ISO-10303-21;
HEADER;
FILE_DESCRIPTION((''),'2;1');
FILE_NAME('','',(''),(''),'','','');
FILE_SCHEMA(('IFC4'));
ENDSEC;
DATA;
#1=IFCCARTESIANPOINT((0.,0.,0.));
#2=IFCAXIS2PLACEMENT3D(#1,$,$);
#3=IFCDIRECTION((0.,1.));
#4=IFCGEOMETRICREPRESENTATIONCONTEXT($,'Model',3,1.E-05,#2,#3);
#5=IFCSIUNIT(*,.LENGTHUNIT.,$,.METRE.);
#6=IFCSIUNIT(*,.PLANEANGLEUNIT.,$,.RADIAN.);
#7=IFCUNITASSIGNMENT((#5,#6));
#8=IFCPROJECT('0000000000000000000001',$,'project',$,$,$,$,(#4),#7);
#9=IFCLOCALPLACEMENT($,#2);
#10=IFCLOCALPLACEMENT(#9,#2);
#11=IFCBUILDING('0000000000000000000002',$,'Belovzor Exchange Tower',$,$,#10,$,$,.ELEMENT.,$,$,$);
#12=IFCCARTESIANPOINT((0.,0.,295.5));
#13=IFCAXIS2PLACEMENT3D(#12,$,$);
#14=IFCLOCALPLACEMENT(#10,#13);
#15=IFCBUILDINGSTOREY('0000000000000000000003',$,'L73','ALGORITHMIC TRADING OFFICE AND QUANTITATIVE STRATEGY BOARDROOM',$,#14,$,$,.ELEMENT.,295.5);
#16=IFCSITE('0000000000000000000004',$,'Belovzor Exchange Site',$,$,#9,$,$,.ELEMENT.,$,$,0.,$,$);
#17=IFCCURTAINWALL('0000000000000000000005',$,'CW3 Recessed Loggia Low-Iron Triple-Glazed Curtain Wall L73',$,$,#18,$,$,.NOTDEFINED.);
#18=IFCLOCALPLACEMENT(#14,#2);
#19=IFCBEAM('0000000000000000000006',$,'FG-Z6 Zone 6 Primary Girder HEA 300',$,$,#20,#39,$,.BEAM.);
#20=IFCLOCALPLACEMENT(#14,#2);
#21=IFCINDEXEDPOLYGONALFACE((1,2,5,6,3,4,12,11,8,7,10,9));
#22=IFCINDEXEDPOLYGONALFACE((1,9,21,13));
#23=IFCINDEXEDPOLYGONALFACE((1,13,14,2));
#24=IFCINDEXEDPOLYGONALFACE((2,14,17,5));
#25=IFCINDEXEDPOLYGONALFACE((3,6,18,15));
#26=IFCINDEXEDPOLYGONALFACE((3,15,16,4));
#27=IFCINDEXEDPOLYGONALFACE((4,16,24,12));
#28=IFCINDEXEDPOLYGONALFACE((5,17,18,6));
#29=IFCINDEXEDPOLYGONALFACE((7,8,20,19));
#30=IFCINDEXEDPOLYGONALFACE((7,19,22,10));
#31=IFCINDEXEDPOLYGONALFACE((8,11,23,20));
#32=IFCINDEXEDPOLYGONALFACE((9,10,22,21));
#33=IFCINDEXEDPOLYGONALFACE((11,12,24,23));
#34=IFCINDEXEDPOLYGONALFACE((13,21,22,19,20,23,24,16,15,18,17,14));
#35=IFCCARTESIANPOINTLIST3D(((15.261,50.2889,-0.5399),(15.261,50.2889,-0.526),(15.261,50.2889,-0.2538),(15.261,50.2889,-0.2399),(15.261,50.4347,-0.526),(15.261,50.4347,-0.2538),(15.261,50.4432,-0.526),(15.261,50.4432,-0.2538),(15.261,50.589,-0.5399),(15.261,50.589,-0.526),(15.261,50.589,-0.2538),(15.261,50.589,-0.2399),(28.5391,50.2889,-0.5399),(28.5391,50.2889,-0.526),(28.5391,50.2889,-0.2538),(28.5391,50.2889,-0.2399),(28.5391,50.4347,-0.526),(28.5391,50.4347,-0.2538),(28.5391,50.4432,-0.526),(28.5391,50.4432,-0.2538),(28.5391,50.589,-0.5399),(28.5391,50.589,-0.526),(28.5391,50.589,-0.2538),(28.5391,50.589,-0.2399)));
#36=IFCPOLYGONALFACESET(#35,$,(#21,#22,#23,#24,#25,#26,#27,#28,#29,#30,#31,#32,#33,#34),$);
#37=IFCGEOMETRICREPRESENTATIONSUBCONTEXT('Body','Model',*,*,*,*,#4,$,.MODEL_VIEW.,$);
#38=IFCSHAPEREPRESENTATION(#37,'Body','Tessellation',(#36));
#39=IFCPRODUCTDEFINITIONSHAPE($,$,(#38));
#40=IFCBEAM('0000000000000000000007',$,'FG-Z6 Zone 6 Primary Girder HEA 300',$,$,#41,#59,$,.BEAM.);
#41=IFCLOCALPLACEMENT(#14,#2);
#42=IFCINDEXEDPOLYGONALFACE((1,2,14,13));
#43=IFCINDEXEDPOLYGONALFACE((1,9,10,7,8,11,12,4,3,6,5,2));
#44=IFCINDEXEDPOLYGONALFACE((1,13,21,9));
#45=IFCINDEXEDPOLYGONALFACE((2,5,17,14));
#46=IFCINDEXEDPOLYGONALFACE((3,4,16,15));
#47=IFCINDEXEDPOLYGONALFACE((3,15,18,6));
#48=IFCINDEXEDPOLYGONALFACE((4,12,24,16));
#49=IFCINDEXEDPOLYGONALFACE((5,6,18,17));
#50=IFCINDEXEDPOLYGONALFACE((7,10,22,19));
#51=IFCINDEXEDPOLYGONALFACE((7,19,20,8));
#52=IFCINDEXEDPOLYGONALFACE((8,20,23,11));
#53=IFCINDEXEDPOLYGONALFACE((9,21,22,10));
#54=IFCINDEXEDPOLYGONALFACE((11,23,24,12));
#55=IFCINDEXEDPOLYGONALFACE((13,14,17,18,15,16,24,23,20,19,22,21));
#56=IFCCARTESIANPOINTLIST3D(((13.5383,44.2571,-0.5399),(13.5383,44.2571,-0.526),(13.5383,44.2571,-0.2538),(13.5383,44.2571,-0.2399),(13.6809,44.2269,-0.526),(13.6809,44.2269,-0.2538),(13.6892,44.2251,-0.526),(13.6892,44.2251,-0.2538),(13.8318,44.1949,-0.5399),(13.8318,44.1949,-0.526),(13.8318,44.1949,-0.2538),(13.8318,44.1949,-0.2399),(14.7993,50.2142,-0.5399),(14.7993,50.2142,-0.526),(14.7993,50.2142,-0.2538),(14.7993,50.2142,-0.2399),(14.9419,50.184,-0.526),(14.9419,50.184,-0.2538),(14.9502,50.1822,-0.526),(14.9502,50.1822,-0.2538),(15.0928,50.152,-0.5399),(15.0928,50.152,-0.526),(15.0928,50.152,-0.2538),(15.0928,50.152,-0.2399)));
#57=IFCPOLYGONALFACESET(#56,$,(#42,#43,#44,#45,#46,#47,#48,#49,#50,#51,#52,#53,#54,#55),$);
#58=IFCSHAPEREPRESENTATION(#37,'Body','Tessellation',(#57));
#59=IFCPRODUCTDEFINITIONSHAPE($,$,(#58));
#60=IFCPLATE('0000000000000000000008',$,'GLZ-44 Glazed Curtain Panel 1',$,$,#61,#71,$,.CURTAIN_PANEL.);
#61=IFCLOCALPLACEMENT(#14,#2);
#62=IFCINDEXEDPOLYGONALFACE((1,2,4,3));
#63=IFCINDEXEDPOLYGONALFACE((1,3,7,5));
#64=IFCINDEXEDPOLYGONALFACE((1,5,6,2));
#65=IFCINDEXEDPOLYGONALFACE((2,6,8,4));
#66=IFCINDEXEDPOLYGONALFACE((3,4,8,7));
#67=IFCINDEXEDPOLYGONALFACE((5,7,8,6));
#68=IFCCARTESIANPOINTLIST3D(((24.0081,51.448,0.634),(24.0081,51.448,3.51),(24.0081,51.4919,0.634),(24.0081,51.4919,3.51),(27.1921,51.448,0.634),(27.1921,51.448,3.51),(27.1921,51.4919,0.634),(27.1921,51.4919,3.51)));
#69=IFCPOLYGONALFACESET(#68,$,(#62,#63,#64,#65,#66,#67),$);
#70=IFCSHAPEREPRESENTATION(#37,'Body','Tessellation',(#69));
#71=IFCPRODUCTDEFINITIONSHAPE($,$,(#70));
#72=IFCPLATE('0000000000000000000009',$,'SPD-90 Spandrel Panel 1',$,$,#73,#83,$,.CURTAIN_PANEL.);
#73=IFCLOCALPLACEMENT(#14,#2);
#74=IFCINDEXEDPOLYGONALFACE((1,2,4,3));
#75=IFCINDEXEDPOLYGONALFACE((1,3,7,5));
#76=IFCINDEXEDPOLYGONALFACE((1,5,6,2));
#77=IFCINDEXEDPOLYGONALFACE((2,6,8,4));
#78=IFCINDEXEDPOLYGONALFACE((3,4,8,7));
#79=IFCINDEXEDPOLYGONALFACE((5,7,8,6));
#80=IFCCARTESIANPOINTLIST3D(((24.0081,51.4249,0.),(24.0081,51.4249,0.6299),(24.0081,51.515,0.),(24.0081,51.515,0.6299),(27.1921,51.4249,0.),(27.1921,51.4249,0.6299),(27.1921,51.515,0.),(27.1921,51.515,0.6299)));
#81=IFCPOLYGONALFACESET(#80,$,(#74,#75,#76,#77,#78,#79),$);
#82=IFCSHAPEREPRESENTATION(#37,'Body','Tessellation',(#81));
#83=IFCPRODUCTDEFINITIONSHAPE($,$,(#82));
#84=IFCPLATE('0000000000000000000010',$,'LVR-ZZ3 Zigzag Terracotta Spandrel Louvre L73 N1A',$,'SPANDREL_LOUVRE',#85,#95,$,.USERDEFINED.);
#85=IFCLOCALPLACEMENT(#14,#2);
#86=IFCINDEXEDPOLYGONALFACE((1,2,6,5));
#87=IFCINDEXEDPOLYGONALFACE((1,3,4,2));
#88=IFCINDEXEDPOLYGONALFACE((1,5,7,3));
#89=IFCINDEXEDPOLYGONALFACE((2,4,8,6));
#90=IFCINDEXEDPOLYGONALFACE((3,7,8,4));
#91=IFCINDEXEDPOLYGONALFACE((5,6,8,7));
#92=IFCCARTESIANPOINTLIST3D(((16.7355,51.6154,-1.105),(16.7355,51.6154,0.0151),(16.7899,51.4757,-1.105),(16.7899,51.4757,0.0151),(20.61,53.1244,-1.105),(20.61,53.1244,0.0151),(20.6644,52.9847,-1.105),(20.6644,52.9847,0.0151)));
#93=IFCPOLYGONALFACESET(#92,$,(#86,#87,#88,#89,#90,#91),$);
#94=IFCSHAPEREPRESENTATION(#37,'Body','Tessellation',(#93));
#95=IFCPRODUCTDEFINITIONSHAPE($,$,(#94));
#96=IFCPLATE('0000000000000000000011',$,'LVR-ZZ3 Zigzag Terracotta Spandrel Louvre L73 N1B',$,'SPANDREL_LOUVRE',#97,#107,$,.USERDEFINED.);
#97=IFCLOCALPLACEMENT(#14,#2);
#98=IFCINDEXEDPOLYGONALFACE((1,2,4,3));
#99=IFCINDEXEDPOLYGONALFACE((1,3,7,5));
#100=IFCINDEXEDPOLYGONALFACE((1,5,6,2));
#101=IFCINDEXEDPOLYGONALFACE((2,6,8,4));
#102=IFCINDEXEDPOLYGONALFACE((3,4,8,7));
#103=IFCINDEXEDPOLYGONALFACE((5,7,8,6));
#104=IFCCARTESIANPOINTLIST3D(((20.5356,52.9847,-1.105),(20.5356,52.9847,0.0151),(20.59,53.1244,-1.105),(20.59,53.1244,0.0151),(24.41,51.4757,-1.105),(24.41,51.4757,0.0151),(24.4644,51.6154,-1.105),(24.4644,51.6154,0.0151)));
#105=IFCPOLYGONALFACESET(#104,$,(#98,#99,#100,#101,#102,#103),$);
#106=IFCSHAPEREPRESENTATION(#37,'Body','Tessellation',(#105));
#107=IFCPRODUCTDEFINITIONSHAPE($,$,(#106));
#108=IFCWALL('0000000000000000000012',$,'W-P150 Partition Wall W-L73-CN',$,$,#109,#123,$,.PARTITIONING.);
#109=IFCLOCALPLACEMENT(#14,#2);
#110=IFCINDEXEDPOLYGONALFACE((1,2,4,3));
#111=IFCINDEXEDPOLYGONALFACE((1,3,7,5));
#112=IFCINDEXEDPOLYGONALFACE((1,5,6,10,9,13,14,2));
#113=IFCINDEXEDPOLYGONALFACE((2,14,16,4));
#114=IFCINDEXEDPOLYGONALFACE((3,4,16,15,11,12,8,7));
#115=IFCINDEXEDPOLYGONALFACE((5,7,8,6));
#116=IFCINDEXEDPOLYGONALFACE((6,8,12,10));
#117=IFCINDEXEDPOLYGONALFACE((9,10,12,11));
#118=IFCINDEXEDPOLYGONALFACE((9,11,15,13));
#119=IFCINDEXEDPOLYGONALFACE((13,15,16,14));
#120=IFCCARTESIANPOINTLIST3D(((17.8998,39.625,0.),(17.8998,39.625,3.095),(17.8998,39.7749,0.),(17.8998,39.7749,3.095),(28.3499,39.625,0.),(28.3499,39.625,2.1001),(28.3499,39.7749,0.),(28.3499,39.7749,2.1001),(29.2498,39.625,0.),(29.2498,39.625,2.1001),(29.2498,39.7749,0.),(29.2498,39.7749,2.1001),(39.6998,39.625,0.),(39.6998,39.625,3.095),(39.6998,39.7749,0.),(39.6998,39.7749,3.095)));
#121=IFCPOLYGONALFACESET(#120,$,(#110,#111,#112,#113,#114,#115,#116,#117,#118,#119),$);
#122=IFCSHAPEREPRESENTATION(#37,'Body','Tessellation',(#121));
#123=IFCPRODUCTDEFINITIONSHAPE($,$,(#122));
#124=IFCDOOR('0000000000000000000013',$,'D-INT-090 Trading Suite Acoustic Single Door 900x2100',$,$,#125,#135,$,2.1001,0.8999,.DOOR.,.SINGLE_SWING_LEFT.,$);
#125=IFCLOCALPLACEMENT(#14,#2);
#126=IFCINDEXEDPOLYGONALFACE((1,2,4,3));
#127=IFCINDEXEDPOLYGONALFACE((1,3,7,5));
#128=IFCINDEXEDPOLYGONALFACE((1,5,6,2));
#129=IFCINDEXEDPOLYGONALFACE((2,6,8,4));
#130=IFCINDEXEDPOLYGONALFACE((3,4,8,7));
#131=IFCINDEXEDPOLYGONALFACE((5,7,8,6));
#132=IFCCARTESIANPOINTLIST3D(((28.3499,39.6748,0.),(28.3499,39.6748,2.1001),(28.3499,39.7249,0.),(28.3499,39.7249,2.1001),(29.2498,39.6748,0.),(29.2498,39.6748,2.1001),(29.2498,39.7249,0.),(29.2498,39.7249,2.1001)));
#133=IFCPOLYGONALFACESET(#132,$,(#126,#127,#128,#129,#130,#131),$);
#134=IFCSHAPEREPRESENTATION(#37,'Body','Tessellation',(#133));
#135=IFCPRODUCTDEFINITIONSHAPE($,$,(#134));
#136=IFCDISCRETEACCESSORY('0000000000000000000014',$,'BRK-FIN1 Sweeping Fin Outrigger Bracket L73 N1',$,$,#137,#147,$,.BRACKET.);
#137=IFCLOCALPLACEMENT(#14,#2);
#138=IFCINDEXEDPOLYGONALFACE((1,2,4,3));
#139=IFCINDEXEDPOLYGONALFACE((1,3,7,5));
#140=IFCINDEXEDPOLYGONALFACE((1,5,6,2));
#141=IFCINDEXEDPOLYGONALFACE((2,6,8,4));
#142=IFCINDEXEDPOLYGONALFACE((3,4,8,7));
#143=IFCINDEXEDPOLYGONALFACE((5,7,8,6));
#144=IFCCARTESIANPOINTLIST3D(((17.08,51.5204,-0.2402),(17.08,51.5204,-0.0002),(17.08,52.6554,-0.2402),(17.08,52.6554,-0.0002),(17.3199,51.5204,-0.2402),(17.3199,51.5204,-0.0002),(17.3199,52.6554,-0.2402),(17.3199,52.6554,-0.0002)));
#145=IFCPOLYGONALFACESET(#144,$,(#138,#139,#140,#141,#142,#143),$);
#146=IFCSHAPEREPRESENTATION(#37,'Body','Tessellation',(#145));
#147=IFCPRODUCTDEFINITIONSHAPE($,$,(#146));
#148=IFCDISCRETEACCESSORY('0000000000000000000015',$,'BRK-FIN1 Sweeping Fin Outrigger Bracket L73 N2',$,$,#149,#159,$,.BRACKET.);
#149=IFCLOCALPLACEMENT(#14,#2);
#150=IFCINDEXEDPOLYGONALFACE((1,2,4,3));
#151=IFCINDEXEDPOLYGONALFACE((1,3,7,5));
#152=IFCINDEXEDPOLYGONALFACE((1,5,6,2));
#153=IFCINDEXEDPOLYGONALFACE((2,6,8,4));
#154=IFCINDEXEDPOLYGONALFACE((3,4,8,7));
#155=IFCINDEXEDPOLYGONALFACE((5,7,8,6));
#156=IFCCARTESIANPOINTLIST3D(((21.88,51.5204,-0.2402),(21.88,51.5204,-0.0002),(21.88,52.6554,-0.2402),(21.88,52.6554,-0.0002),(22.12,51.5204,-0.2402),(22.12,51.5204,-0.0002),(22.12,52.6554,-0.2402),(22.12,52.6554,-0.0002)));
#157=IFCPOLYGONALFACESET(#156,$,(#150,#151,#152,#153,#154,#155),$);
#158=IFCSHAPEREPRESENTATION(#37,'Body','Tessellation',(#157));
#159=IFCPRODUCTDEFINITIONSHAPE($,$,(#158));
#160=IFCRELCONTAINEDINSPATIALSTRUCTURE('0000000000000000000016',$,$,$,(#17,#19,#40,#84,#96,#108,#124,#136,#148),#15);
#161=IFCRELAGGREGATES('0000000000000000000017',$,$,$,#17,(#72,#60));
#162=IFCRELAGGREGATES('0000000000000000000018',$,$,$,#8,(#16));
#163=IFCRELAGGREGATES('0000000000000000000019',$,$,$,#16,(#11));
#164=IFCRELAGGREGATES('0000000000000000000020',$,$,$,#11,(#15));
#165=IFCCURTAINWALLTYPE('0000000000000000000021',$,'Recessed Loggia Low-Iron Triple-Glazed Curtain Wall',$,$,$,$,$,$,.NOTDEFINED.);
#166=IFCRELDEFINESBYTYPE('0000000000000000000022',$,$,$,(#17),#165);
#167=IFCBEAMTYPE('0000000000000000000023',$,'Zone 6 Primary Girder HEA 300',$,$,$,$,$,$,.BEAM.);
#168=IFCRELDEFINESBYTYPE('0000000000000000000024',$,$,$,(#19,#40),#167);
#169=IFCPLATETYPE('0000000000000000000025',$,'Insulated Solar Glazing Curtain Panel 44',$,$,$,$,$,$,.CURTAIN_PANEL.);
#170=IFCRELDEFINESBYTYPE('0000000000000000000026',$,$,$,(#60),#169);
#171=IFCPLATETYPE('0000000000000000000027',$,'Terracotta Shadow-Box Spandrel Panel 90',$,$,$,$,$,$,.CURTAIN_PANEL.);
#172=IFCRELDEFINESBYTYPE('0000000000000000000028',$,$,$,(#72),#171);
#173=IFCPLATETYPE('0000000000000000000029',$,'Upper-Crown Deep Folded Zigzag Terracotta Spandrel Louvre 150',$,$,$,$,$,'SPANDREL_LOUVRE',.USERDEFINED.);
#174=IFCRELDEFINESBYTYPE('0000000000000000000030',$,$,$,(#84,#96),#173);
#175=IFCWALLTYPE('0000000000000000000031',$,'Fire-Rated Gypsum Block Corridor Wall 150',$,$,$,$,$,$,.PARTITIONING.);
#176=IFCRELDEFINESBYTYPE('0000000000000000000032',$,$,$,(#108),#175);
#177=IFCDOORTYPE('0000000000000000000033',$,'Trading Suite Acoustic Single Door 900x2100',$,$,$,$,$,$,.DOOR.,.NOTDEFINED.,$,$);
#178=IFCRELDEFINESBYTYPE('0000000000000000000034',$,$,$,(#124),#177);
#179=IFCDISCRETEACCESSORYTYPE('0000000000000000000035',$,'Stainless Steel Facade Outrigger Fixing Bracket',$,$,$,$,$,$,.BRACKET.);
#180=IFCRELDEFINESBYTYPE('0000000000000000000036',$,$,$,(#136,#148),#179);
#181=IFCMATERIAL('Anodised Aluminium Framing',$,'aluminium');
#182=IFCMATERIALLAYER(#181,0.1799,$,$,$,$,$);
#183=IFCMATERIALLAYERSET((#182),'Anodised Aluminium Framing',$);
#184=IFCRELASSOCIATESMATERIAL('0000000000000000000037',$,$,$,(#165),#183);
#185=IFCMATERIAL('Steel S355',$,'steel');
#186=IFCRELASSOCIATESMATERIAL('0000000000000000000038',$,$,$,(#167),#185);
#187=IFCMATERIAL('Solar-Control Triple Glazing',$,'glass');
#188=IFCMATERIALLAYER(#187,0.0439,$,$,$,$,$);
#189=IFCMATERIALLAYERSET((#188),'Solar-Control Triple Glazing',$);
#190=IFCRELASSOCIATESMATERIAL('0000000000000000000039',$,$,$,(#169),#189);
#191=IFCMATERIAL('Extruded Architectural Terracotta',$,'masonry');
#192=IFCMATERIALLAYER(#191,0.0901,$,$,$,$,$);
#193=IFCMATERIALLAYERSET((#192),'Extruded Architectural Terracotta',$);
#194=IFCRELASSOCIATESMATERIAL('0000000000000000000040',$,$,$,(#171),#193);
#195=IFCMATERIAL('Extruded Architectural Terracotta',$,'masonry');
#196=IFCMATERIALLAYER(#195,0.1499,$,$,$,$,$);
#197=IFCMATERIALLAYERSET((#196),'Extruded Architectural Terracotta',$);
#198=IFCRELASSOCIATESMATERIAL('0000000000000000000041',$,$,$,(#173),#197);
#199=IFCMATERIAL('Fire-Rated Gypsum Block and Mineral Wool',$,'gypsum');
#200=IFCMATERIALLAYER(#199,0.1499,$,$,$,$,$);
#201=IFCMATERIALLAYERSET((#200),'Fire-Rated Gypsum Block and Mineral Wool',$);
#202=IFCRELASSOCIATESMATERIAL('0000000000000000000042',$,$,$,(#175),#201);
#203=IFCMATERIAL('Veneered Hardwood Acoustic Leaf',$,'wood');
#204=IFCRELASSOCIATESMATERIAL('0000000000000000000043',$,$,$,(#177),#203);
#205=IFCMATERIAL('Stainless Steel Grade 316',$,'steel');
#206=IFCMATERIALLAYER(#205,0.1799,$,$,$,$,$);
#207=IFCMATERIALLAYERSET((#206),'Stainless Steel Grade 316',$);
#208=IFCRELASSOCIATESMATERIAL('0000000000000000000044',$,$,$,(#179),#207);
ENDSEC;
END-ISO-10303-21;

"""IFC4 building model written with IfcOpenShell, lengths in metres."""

from ifc_helpers import new_model, si_unit, direction, frame, frame_2d, origin, origin_2d, place, context, subcontext, project, spatial, rectangle, i_section, extrude, material, layer, layer_set, material_profile, profile_set, type_object, element, fill, aggregate, save


model = new_model("IFC4")

# Units and contexts
model_context = context("Model", 3, precision=1e-05, world=origin(), true_north=direction((0.0, 1.0)))
body_context = subcontext(model_context, "Body", "Model", "MODEL_VIEW")
ifc_project = project(units=[si_unit("LENGTHUNIT", "METRE"), si_unit("PLANEANGLEUNIT", "RADIAN")], contexts=[model_context])

# Site, building, storey
site_placement = place(None, origin())
site = spatial("IfcSite", under=ifc_project, at=site_placement, Name="Belovzor Exchange Site", CompositionType="ELEMENT", RefElevation=0.0)
building_placement = place(site_placement, origin())
building = spatial("IfcBuilding", under=site, at=building_placement, Name="Belovzor Exchange Tower", CompositionType="ELEMENT")
storey_placement = place(building_placement, frame((0.0, 0.0, 295.5)))
storey = spatial("IfcBuildingStorey", under=building, at=storey_placement, Name="L73", Description="ALGORITHMIC TRADING OFFICE AND QUANTITATIVE STRATEGY BOARDROOM", CompositionType="ELEMENT", Elevation=295.5)

# Curtain wall
ifc_material_1 = material(Name="Anodised Aluminium Framing", Category="aluminium")
ifc_layer_1 = layer(ifc_material_1, 0.1799)
ifc_layer_set_1 = layer_set([ifc_layer_1], Name="Anodised Aluminium Framing")
curtain_wall_type = type_object("IfcCurtainWallType", Name="Recessed Loggia Low-Iron Triple-Glazed Curtain Wall", PredefinedType="NOTDEFINED", material=ifc_layer_set_1)
curtain_wall_placement = place(storey_placement, origin())
curtain_wall = element("IfcCurtainWall", 1, at=curtain_wall_placement, inside=storey, type_object=curtain_wall_type, Name="CW3 Recessed Loggia Low-Iron Triple-Glazed Curtain Wall L73", PredefinedType="NOTDEFINED")

# Beams
ifc_material_2 = material(Name="Steel S355", Category="steel")
ifc_material_profile_1 = material_profile(ifc_material_2, i_section(OverallWidth=0.3, OverallDepth=0.3, WebThickness=0.0085, FlangeThickness=0.0139, at=origin_2d()))
ifc_profile_set_1 = profile_set([ifc_material_profile_1], Name="Steel S355")
beam_type_1 = type_object("IfcBeamType", Name="Zone 6 Primary Girder HEA 300", PredefinedType="BEAM", material=ifc_profile_set_1)
beam_1_placement = place(storey_placement, frame((28.5391, 50.439, -0.3899), z_axis=(-1.0, 0.0, 0.0), x_axis=(0.0, -1.0, 0.0)))
element("IfcBeam", 2, at=beam_1_placement, inside=storey, type_object=beam_type_1, Name="FG-Z6 Zone 6 Primary Girder HEA 300", PredefinedType="BEAM", context=body_context, shape_type="SweptSolid", body=[
    extrude(i_section(OverallWidth=0.3, OverallDepth=0.3, WebThickness=0.0085, FlangeThickness=0.0139, at=origin_2d()), origin(), (0.0, 0.0, 1.0), 13.2781),
])
beam_2_placement = place(storey_placement, frame((14.946, 50.1831, -0.3899), z_axis=(-0.207091, -0.978322, 0.0), x_axis=(0.978322, -0.207091, 0.0)))
element("IfcBeam", 3, at=beam_2_placement, inside=storey, type_object=beam_type_1, Name="FG-Z6 Zone 6 Primary Girder HEA 300", PredefinedType="BEAM", context=body_context, shape_type="SweptSolid", body=[
    extrude(i_section(OverallWidth=0.3, OverallDepth=0.3, WebThickness=0.0085, FlangeThickness=0.0139, at=origin_2d()), origin(), (0.0, 0.0, 1.0), 6.0891),
])

# Plates
ifc_material_3 = material(Name="Solar-Control Triple Glazing", Category="glass")
ifc_layer_2 = layer(ifc_material_3, 0.0439)
ifc_layer_set_2 = layer_set([ifc_layer_2], Name="Solar-Control Triple Glazing")
plate_type_1 = type_object("IfcPlateType", Name="Insulated Solar Glazing Curtain Panel 44", PredefinedType="CURTAIN_PANEL", material=ifc_layer_set_2)
plate_1_placement = place(storey_placement, frame((25.6001, 51.47, 0.634), z_axis=(0.0, 0.0, 1.0), x_axis=(1.0, 0.0, 0.0)))
plate_1 = element("IfcPlate", 4, at=plate_1_placement, type_object=plate_type_1, Name="GLZ-44 Glazed Curtain Panel 1", PredefinedType="CURTAIN_PANEL", context=body_context, shape_type="SweptSolid", body=[
    extrude(rectangle(XDim=3.1841, YDim=0.0439, at=origin_2d()), origin(), (0.0, 0.0, 1.0), 2.876),
])
ifc_material_4 = material(Name="Extruded Architectural Terracotta", Category="masonry")
ifc_layer_3 = layer(ifc_material_4, 0.0901)
ifc_layer_set_3 = layer_set([ifc_layer_3], Name="Extruded Architectural Terracotta")
plate_type_2 = type_object("IfcPlateType", Name="Terracotta Shadow-Box Spandrel Panel 90", PredefinedType="CURTAIN_PANEL", material=ifc_layer_set_3)
plate_2_placement = place(storey_placement, frame((25.6001, 51.47, 0.0), z_axis=(0.0, 0.0, 1.0), x_axis=(1.0, 0.0, 0.0)))
plate_2 = element("IfcPlate", 5, at=plate_2_placement, type_object=plate_type_2, Name="SPD-90 Spandrel Panel 1", PredefinedType="CURTAIN_PANEL", context=body_context, shape_type="SweptSolid", body=[
    extrude(rectangle(XDim=3.1841, YDim=0.0901, at=origin_2d()), origin(), (0.0, 0.0, 1.0), 0.6299),
])
aggregate(curtain_wall, [plate_2, plate_1])

# Plates
ifc_material_5 = material(Name="Extruded Architectural Terracotta", Category="masonry")
ifc_layer_4 = layer(ifc_material_5, 0.1499)
ifc_layer_set_4 = layer_set([ifc_layer_4], Name="Extruded Architectural Terracotta")
plate_type_3 = type_object("IfcPlateType", Name="Upper-Crown Deep Folded Zigzag Terracotta Spandrel Louvre 150", ElementType="SPANDREL_LOUVRE", PredefinedType="USERDEFINED", material=ifc_layer_set_4)
for number, where, z_axis, x_axis, name in (
    (6, (18.7, 52.3, -1.105), (0.0, 0.0, 1.0), (0.931818, 0.362926, 0.0), "LVR-ZZ3 Zigzag Terracotta Spandrel Louvre L73 N1A"),
    (7, (22.5, 52.3, -1.105), (0.0, 0.0, 1.0), (0.931818, -0.362926, 0.0), "LVR-ZZ3 Zigzag Terracotta Spandrel Louvre L73 N1B"),
):
    element("IfcPlate", number, at=place(storey_placement, frame(where, z_axis=z_axis, x_axis=x_axis)), inside=storey, type_object=plate_type_3, Name=name, ObjectType="SPANDREL_LOUVRE", PredefinedType="USERDEFINED", context=body_context, shape_type="SweptSolid", body=[
        extrude(rectangle(XDim=4.158, YDim=0.1499, at=origin_2d()), origin(), (0.0, 0.0, 1.0), 1.1201),
    ])

# Wall, opening, door
ifc_material_6 = material(Name="Fire-Rated Gypsum Block and Mineral Wool", Category="gypsum")
ifc_layer_5 = layer(ifc_material_6, 0.1499)
ifc_layer_set_5 = layer_set([ifc_layer_5], Name="Fire-Rated Gypsum Block and Mineral Wool")
wall_type = type_object("IfcWallType", Name="Fire-Rated Gypsum Block Corridor Wall 150", PredefinedType="PARTITIONING", material=ifc_layer_set_5)
wall_placement = place(storey_placement, frame((17.8999, 39.7, 0.0), z_axis=(0.0, 0.0, 1.0), x_axis=(1.0, 0.0, 0.0)))
wall = element("IfcWall", 8, at=wall_placement, inside=storey, type_object=wall_type, Name="W-P150 Partition Wall W-L73-CN", PredefinedType="PARTITIONING", context=body_context, shape_type="SweptSolid", body=[
    extrude(rectangle(XDim=21.8, YDim=0.1499, at=frame_2d((10.8999, 0.0))), origin(), (0.0, 0.0, 1.0), 3.095),
])
opening_placement = place(wall_placement, frame((10.45, 0.0, 0.0)))
opening = element("IfcOpeningElement", 9, at=opening_placement, cuts=wall, PredefinedType="OPENING", context=body_context, shape_type="SweptSolid", body=[
    extrude(rectangle(XDim=0.8999, YDim=2.1001, at=frame_2d((0.45, 1.05))), frame((0.0, 0.085, 0.0), z_axis=(0.0, -1.0, 0.0), x_axis=(1.0, 0.0, 0.0)), (0.0, 0.0, 1.0), 0.1699),
])
ifc_material_7 = material(Name="Veneered Hardwood Acoustic Leaf", Category="wood")
door_type = type_object("IfcDoorType", Name="Trading Suite Acoustic Single Door 900x2100", OperationType="NOTDEFINED", PredefinedType="DOOR", material=ifc_material_7)
door_placement = place(opening_placement, origin())
door = element("IfcDoor", 10, at=door_placement, inside=storey, type_object=door_type, Name="D-INT-090 Trading Suite Acoustic Single Door 900x2100", OperationType="SINGLE_SWING_LEFT", OverallHeight=2.1001, OverallWidth=0.8999, PredefinedType="DOOR", context=body_context, shape_type="SweptSolid", body=[
    extrude(rectangle(XDim=0.8999, YDim=2.1001, at=frame_2d((0.45, 1.05))), frame((0.0, 0.0249, 0.0), z_axis=(0.0, -1.0, 0.0), x_axis=(1.0, 0.0, 0.0)), (0.0, 0.0, 1.0), 0.05),
])
fill(opening, door)

# Discrete accessories
ifc_material_8 = material(Name="Stainless Steel Grade 316", Category="steel")
ifc_layer_6 = layer(ifc_material_8, 0.1799)
ifc_layer_set_6 = layer_set([ifc_layer_6], Name="Stainless Steel Grade 316")
discrete_accessory_type = type_object("IfcDiscreteAccessoryType", Name="Stainless Steel Facade Outrigger Fixing Bracket", PredefinedType="BRACKET", material=ifc_layer_set_6)
for number, where, z_axis, x_axis, name in (
    (11, (17.2, 52.0879, -0.2402), (0.0, 0.0, 1.0), (0.0, 1.0, 0.0), "BRK-FIN1 Sweeping Fin Outrigger Bracket L73 N1"),
    (12, (22.0, 52.0879, -0.2402), (0.0, 0.0, 1.0), (0.0, 1.0, 0.0), "BRK-FIN1 Sweeping Fin Outrigger Bracket L73 N2"),
):
    element("IfcDiscreteAccessory", number, at=place(storey_placement, frame(where, z_axis=z_axis, x_axis=x_axis)), inside=storey, type_object=discrete_accessory_type, Name=name, PredefinedType="BRACKET", context=body_context, shape_type="SweptSolid", body=[
        extrude(rectangle(XDim=1.135, YDim=0.24, at=origin_2d()), origin(), (0.0, 0.0, 1.0), 0.24),
    ])

save(model, "model.ifc")
